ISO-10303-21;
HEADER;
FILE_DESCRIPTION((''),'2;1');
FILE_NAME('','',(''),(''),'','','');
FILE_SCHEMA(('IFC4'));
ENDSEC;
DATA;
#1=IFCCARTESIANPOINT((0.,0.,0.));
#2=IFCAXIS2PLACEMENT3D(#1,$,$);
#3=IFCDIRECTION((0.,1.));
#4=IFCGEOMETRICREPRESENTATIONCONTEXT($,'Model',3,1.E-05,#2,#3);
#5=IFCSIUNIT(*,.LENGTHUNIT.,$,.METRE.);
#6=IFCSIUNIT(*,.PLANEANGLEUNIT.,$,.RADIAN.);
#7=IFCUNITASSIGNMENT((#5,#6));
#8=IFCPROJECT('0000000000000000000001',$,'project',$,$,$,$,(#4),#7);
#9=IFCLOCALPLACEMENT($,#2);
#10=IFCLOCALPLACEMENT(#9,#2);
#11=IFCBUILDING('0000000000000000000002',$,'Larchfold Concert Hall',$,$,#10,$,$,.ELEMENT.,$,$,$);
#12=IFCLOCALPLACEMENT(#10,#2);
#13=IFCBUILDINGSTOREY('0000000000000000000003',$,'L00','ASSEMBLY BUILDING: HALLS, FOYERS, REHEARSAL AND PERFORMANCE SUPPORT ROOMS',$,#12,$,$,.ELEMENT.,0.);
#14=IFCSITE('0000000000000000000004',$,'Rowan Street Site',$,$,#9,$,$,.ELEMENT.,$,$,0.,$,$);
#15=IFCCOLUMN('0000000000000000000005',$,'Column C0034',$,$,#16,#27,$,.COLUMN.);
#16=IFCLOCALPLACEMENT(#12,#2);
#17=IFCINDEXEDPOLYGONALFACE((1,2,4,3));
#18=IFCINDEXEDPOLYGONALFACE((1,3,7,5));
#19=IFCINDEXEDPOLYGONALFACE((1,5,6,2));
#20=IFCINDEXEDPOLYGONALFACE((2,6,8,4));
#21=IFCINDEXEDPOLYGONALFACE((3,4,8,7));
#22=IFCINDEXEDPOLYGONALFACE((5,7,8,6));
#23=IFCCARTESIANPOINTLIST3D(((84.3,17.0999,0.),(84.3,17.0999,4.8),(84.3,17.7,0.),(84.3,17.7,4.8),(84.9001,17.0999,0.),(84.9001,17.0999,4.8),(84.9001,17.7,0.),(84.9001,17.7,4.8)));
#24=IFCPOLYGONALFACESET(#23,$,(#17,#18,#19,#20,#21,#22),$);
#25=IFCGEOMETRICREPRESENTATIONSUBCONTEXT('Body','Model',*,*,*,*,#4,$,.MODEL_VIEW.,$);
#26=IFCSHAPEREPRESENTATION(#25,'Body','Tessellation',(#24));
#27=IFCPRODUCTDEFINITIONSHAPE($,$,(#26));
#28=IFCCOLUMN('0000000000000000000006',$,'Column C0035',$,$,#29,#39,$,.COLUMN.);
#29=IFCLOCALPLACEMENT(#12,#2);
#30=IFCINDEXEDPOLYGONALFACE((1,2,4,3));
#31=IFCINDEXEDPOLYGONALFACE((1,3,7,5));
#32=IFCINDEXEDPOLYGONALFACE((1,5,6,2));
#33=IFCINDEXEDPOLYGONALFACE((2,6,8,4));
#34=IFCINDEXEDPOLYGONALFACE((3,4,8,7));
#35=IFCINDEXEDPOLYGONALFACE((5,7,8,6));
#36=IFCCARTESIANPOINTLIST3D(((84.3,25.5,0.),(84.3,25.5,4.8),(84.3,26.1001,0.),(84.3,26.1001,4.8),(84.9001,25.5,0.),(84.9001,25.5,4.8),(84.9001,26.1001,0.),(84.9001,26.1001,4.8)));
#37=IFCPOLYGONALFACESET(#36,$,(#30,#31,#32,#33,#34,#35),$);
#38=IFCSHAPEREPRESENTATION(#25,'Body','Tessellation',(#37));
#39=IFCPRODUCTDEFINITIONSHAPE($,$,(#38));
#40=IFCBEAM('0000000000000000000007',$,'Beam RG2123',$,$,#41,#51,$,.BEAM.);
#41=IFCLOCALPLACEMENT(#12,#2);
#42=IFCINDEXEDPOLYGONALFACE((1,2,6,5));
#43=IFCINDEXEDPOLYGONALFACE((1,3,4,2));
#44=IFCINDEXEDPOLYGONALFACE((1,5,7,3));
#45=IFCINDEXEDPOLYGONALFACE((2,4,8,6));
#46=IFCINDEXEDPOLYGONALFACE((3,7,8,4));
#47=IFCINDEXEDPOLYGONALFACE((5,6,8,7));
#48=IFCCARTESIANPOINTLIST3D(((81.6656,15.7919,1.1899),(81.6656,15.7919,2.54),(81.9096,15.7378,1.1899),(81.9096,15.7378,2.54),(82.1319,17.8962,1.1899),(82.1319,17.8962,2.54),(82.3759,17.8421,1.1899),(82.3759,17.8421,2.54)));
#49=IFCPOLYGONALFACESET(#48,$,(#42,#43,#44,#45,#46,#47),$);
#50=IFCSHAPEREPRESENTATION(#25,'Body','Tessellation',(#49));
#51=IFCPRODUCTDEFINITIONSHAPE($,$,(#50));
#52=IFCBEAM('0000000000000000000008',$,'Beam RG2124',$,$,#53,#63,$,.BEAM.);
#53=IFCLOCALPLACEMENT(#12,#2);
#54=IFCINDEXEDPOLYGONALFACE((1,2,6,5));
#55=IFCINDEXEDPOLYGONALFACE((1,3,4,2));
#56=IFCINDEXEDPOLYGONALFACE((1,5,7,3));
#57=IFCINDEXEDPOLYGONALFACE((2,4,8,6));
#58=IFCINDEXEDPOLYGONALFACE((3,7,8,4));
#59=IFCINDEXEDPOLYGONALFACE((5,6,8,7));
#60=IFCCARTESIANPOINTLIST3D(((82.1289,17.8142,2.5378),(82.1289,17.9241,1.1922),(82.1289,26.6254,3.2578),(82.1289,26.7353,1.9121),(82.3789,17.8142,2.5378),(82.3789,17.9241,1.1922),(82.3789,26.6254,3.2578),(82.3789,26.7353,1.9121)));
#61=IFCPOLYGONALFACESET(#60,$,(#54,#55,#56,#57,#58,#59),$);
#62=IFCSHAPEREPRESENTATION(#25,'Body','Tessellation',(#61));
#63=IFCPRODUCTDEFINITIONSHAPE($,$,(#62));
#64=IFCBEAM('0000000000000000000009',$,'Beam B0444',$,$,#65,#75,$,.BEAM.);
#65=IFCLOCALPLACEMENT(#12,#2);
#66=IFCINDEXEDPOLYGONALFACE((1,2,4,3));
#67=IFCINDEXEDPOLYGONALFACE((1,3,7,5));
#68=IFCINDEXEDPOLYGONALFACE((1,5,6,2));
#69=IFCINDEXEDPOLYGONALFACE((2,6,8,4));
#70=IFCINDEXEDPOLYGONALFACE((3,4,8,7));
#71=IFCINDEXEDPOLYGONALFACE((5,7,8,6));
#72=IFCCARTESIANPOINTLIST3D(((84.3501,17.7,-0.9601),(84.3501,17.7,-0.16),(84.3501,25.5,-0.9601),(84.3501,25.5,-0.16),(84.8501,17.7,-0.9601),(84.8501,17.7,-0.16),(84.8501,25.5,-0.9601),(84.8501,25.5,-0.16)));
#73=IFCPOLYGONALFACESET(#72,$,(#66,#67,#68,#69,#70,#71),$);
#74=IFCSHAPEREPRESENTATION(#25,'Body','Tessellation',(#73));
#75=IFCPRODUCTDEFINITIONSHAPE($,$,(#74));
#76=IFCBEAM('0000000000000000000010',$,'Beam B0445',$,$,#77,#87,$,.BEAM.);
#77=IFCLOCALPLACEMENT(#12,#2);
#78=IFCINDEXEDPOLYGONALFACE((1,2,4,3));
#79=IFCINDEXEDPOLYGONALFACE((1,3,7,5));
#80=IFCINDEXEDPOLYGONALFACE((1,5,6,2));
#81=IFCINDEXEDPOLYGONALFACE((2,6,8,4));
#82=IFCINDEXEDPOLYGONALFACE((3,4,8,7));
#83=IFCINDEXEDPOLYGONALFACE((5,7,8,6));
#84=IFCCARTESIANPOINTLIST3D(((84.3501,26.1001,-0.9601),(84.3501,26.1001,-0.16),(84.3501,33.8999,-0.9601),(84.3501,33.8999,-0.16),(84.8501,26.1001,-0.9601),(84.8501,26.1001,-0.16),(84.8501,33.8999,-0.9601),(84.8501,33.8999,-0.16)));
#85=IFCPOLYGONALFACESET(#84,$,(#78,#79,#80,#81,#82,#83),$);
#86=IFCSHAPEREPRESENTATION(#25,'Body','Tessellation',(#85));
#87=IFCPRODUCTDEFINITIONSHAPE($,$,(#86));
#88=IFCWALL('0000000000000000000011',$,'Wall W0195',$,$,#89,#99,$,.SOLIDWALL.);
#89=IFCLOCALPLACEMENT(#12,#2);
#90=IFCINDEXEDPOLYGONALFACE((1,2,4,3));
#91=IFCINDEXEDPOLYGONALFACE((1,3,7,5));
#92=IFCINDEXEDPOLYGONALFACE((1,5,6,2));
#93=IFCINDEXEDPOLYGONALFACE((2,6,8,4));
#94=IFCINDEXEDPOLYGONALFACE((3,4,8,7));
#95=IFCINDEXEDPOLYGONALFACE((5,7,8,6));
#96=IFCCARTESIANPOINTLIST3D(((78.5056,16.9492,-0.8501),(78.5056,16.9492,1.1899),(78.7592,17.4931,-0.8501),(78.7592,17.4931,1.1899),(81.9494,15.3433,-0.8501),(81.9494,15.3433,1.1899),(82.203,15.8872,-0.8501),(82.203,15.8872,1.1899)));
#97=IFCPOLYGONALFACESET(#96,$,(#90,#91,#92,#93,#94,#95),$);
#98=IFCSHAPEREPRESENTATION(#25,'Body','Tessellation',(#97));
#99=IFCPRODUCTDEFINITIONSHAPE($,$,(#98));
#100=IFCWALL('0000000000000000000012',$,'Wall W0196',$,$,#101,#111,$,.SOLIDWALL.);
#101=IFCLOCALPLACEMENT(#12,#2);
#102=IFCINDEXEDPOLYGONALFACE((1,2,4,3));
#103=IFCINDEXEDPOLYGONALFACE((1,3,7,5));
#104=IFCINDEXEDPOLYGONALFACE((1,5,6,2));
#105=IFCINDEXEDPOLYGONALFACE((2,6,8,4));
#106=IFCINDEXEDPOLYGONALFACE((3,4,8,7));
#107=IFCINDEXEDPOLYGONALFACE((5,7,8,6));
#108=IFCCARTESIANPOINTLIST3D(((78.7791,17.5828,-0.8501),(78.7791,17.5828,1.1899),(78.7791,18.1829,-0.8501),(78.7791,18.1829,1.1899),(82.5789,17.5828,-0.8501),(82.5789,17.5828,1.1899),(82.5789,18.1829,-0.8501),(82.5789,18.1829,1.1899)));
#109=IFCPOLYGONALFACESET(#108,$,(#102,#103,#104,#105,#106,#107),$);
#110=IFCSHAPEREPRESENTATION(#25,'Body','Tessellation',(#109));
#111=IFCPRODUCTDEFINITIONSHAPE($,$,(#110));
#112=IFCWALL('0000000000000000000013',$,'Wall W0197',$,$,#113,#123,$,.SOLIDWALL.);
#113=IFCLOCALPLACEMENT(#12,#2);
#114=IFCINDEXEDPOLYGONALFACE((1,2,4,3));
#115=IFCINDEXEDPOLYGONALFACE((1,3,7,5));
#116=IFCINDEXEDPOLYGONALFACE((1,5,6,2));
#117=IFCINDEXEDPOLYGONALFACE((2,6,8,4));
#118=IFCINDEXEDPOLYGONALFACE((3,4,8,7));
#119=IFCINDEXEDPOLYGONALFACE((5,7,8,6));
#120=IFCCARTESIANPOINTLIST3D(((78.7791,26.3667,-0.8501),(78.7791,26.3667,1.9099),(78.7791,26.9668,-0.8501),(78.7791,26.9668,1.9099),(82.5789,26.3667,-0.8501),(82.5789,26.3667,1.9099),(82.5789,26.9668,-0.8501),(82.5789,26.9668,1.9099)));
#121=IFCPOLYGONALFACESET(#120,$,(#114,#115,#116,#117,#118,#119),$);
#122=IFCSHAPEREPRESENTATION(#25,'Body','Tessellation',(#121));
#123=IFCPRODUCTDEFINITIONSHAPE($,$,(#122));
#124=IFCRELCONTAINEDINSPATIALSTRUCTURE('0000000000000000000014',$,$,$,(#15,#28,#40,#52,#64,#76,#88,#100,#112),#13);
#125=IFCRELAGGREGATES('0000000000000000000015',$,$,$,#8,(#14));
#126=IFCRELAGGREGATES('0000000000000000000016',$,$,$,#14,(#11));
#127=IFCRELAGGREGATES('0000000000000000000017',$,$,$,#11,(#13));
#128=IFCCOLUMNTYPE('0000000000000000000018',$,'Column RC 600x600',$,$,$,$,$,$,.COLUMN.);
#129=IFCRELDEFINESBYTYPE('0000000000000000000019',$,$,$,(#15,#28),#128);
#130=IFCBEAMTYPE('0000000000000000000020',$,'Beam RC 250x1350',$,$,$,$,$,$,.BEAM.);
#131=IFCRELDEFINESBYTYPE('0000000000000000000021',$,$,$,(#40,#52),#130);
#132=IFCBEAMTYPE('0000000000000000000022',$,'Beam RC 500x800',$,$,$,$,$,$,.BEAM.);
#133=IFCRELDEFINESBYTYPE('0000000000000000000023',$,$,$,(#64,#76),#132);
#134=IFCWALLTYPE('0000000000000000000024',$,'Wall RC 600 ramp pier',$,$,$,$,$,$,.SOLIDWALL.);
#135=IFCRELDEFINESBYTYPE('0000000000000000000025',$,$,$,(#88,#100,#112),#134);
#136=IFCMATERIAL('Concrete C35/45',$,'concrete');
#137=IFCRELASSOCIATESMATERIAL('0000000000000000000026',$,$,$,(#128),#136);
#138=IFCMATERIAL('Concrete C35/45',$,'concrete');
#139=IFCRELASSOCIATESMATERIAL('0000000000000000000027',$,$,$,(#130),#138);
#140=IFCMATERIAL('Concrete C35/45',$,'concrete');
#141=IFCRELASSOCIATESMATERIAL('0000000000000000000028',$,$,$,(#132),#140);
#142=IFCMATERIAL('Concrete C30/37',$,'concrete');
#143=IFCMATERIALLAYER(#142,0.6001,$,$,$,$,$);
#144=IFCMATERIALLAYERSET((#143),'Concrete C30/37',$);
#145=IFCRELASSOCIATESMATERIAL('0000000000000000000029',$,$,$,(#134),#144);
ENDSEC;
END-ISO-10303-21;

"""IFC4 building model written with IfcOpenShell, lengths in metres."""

from ifc_helpers import new_model, si_unit, direction, frame, frame_2d, origin, origin_2d, place, context, subcontext, project, spatial, rectangle, extrude, material, layer, layer_set, material_profile, profile_set, type_object, element, save


model = new_model("IFC4")

# Units and contexts
model_context = context("Model", 3, precision=1e-05, world=origin(), true_north=direction((0.0, 1.0)))
body_context = subcontext(model_context, "Body", "Model", "MODEL_VIEW")
ifc_project = project(units=[si_unit("LENGTHUNIT", "METRE"), si_unit("PLANEANGLEUNIT", "RADIAN")], contexts=[model_context])

# Site, building, storey
site_placement = place(None, origin())
site = spatial("IfcSite", under=ifc_project, at=site_placement, Name="Rowan Street Site", CompositionType="ELEMENT", RefElevation=0.0)
building_placement = place(site_placement, origin())
building = spatial("IfcBuilding", under=site, at=building_placement, Name="Larchfold Concert Hall", CompositionType="ELEMENT")
storey_placement = place(building_placement, origin())
storey = spatial("IfcBuildingStorey", under=building, at=storey_placement, Name="L00", Description="ASSEMBLY BUILDING: HALLS, FOYERS, REHEARSAL AND PERFORMANCE SUPPORT ROOMS", CompositionType="ELEMENT", Elevation=0.0)

# Columns
ifc_material_1 = material(Name="Concrete C35/45", Category="concrete")
ifc_material_profile_1 = material_profile(ifc_material_1, rectangle(XDim=0.6001, YDim=0.6001, at=origin_2d()))
ifc_profile_set_1 = profile_set([ifc_material_profile_1], Name="Concrete C35/45")
column_type = type_object("IfcColumnType", Name="Column RC 600x600", PredefinedType="COLUMN", material=ifc_profile_set_1)
for number, where, z_axis, x_axis, name in (
    (1, (84.6001, 17.3999, 0.0), (0.0, 0.0, 1.0), (1.0, 0.0, 0.0), "Column C0034"),
    (2, (84.6001, 25.8, 0.0), (0.0, 0.0, 1.0), (1.0, 0.0, 0.0), "Column C0035"),
):
    element("IfcColumn", number, at=place(storey_placement, frame(where, z_axis=z_axis, x_axis=x_axis)), inside=storey, type_object=column_type, Name=name, PredefinedType="COLUMN", context=body_context, shape_type="SweptSolid", body=[
        extrude(rectangle(XDim=0.6001, YDim=0.6001, at=origin_2d()), origin(), (0.0, 0.0, 1.0), 4.8),
    ])

# Beams
ifc_material_2 = material(Name="Concrete C35/45", Category="concrete")
ifc_material_profile_2 = material_profile(ifc_material_2, rectangle(XDim=0.25, YDim=1.3501, at=origin_2d()))
ifc_profile_set_2 = profile_set([ifc_material_profile_2], Name="Concrete C35/45")
beam_type_1 = type_object("IfcBeamType", Name="Beam RC 250x1350", PredefinedType="BEAM", material=ifc_profile_set_2)
beam_1_placement = place(storey_placement, frame((81.7876, 15.7649, 1.865), z_axis=(0.216355, 0.976315, 0.0), x_axis=(-0.976315, 0.216355, 0.0)))
element("IfcBeam", 3, at=beam_1_placement, inside=storey, type_object=beam_type_1, Name="Beam RG2123", PredefinedType="BEAM", context=body_context, shape_type="SweptSolid", body=[
    extrude(rectangle(XDim=0.25, YDim=1.3501, at=origin_2d()), origin(), (0.0, 0.0, 1.0), 2.1553),
])
beam_2_placement = place(storey_placement, frame((82.2539, 17.8691, 1.865), z_axis=(0.0, 0.996678, 0.081439), x_axis=(-1.0, 0.0, 0.0)))
element("IfcBeam", 4, at=beam_2_placement, inside=storey, type_object=beam_type_1, Name="Beam RG2124", PredefinedType="BEAM", context=body_context, shape_type="SweptSolid", body=[
    extrude(rectangle(XDim=0.25, YDim=1.3501, at=origin_2d()), origin(), (0.0, 0.0, 1.0), 8.8406),
])
ifc_material_3 = material(Name="Concrete C35/45", Category="concrete")
ifc_material_profile_3 = material_profile(ifc_material_3, rectangle(XDim=0.5, YDim=0.8, at=origin_2d()))
ifc_profile_set_3 = profile_set([ifc_material_profile_3], Name="Concrete C35/45")
beam_type_2 = type_object("IfcBeamType", Name="Beam RC 500x800", PredefinedType="BEAM", material=ifc_profile_set_3)
beam_3_placement = place(storey_placement, frame((84.6001, 17.7, -0.5601), z_axis=(0.0, 1.0, 0.0), x_axis=(-1.0, 0.0, 0.0)))
element("IfcBeam", 5, at=beam_3_placement, inside=storey, type_object=beam_type_2, Name="Beam B0444", PredefinedType="BEAM", context=body_context, shape_type="SweptSolid", body=[
    extrude(rectangle(XDim=0.5, YDim=0.8, at=origin_2d()), origin(), (0.0, 0.0, 1.0), 7.8),
])
beam_4_placement = place(storey_placement, frame((84.6001, 26.1001, -0.5601), z_axis=(0.0, 1.0, 0.0), x_axis=(-1.0, 0.0, 0.0)))
element("IfcBeam", 6, at=beam_4_placement, inside=storey, type_object=beam_type_2, Name="Beam B0445", PredefinedType="BEAM", context=body_context, shape_type="SweptSolid", body=[
    extrude(rectangle(XDim=0.5, YDim=0.8, at=origin_2d()), origin(), (0.0, 0.0, 1.0), 7.7998),
])

# Walls
ifc_material_4 = material(Name="Concrete C30/37", Category="concrete")
ifc_layer_1 = layer(ifc_material_4, 0.6001)
ifc_layer_set_1 = layer_set([ifc_layer_1], Name="Concrete C30/37")
wall_type_1 = type_object("IfcWallType", Name="Wall RC 600 ramp pier", PredefinedType="SOLIDWALL", material=ifc_layer_set_1)
for number, where, z_axis, x_axis, name in (
    (7, (82.0762, 15.6152, -0.8501), (0.0, 0.0, 1.0), (-0.906301, 0.422632, 0.0), "Wall W0195"),
    (8, (82.5789, 17.8828, -0.8501), (0.0, 0.0, 1.0), (-1.0, 0.0, 0.0), "Wall W0196"),
):
    element("IfcWall", number, at=place(storey_placement, frame(where, z_axis=z_axis, x_axis=x_axis)), inside=storey, type_object=wall_type_1, Name=name, PredefinedType="SOLIDWALL", context=body_context, shape_type="SweptSolid", body=[
        extrude(rectangle(XDim=3.7998, YDim=0.6001, at=frame_2d((1.8999, 0.0))), origin(), (0.0, 0.0, 1.0), 2.04),
    ])
wall_1_placement = place(storey_placement, frame((82.5789, 26.6667, -0.8501), z_axis=(0.0, 0.0, 1.0), x_axis=(-1.0, 0.0, 0.0)))
element("IfcWall", 9, at=wall_1_placement, inside=storey, type_object=wall_type_1, Name="Wall W0197", PredefinedType="SOLIDWALL", context=body_context, shape_type="SweptSolid", body=[
    extrude(rectangle(XDim=3.7998, YDim=0.6001, at=frame_2d((1.8999, 0.0))), origin(), (0.0, 0.0, 1.0), 2.76),
])

save(model, "model.ifc")
